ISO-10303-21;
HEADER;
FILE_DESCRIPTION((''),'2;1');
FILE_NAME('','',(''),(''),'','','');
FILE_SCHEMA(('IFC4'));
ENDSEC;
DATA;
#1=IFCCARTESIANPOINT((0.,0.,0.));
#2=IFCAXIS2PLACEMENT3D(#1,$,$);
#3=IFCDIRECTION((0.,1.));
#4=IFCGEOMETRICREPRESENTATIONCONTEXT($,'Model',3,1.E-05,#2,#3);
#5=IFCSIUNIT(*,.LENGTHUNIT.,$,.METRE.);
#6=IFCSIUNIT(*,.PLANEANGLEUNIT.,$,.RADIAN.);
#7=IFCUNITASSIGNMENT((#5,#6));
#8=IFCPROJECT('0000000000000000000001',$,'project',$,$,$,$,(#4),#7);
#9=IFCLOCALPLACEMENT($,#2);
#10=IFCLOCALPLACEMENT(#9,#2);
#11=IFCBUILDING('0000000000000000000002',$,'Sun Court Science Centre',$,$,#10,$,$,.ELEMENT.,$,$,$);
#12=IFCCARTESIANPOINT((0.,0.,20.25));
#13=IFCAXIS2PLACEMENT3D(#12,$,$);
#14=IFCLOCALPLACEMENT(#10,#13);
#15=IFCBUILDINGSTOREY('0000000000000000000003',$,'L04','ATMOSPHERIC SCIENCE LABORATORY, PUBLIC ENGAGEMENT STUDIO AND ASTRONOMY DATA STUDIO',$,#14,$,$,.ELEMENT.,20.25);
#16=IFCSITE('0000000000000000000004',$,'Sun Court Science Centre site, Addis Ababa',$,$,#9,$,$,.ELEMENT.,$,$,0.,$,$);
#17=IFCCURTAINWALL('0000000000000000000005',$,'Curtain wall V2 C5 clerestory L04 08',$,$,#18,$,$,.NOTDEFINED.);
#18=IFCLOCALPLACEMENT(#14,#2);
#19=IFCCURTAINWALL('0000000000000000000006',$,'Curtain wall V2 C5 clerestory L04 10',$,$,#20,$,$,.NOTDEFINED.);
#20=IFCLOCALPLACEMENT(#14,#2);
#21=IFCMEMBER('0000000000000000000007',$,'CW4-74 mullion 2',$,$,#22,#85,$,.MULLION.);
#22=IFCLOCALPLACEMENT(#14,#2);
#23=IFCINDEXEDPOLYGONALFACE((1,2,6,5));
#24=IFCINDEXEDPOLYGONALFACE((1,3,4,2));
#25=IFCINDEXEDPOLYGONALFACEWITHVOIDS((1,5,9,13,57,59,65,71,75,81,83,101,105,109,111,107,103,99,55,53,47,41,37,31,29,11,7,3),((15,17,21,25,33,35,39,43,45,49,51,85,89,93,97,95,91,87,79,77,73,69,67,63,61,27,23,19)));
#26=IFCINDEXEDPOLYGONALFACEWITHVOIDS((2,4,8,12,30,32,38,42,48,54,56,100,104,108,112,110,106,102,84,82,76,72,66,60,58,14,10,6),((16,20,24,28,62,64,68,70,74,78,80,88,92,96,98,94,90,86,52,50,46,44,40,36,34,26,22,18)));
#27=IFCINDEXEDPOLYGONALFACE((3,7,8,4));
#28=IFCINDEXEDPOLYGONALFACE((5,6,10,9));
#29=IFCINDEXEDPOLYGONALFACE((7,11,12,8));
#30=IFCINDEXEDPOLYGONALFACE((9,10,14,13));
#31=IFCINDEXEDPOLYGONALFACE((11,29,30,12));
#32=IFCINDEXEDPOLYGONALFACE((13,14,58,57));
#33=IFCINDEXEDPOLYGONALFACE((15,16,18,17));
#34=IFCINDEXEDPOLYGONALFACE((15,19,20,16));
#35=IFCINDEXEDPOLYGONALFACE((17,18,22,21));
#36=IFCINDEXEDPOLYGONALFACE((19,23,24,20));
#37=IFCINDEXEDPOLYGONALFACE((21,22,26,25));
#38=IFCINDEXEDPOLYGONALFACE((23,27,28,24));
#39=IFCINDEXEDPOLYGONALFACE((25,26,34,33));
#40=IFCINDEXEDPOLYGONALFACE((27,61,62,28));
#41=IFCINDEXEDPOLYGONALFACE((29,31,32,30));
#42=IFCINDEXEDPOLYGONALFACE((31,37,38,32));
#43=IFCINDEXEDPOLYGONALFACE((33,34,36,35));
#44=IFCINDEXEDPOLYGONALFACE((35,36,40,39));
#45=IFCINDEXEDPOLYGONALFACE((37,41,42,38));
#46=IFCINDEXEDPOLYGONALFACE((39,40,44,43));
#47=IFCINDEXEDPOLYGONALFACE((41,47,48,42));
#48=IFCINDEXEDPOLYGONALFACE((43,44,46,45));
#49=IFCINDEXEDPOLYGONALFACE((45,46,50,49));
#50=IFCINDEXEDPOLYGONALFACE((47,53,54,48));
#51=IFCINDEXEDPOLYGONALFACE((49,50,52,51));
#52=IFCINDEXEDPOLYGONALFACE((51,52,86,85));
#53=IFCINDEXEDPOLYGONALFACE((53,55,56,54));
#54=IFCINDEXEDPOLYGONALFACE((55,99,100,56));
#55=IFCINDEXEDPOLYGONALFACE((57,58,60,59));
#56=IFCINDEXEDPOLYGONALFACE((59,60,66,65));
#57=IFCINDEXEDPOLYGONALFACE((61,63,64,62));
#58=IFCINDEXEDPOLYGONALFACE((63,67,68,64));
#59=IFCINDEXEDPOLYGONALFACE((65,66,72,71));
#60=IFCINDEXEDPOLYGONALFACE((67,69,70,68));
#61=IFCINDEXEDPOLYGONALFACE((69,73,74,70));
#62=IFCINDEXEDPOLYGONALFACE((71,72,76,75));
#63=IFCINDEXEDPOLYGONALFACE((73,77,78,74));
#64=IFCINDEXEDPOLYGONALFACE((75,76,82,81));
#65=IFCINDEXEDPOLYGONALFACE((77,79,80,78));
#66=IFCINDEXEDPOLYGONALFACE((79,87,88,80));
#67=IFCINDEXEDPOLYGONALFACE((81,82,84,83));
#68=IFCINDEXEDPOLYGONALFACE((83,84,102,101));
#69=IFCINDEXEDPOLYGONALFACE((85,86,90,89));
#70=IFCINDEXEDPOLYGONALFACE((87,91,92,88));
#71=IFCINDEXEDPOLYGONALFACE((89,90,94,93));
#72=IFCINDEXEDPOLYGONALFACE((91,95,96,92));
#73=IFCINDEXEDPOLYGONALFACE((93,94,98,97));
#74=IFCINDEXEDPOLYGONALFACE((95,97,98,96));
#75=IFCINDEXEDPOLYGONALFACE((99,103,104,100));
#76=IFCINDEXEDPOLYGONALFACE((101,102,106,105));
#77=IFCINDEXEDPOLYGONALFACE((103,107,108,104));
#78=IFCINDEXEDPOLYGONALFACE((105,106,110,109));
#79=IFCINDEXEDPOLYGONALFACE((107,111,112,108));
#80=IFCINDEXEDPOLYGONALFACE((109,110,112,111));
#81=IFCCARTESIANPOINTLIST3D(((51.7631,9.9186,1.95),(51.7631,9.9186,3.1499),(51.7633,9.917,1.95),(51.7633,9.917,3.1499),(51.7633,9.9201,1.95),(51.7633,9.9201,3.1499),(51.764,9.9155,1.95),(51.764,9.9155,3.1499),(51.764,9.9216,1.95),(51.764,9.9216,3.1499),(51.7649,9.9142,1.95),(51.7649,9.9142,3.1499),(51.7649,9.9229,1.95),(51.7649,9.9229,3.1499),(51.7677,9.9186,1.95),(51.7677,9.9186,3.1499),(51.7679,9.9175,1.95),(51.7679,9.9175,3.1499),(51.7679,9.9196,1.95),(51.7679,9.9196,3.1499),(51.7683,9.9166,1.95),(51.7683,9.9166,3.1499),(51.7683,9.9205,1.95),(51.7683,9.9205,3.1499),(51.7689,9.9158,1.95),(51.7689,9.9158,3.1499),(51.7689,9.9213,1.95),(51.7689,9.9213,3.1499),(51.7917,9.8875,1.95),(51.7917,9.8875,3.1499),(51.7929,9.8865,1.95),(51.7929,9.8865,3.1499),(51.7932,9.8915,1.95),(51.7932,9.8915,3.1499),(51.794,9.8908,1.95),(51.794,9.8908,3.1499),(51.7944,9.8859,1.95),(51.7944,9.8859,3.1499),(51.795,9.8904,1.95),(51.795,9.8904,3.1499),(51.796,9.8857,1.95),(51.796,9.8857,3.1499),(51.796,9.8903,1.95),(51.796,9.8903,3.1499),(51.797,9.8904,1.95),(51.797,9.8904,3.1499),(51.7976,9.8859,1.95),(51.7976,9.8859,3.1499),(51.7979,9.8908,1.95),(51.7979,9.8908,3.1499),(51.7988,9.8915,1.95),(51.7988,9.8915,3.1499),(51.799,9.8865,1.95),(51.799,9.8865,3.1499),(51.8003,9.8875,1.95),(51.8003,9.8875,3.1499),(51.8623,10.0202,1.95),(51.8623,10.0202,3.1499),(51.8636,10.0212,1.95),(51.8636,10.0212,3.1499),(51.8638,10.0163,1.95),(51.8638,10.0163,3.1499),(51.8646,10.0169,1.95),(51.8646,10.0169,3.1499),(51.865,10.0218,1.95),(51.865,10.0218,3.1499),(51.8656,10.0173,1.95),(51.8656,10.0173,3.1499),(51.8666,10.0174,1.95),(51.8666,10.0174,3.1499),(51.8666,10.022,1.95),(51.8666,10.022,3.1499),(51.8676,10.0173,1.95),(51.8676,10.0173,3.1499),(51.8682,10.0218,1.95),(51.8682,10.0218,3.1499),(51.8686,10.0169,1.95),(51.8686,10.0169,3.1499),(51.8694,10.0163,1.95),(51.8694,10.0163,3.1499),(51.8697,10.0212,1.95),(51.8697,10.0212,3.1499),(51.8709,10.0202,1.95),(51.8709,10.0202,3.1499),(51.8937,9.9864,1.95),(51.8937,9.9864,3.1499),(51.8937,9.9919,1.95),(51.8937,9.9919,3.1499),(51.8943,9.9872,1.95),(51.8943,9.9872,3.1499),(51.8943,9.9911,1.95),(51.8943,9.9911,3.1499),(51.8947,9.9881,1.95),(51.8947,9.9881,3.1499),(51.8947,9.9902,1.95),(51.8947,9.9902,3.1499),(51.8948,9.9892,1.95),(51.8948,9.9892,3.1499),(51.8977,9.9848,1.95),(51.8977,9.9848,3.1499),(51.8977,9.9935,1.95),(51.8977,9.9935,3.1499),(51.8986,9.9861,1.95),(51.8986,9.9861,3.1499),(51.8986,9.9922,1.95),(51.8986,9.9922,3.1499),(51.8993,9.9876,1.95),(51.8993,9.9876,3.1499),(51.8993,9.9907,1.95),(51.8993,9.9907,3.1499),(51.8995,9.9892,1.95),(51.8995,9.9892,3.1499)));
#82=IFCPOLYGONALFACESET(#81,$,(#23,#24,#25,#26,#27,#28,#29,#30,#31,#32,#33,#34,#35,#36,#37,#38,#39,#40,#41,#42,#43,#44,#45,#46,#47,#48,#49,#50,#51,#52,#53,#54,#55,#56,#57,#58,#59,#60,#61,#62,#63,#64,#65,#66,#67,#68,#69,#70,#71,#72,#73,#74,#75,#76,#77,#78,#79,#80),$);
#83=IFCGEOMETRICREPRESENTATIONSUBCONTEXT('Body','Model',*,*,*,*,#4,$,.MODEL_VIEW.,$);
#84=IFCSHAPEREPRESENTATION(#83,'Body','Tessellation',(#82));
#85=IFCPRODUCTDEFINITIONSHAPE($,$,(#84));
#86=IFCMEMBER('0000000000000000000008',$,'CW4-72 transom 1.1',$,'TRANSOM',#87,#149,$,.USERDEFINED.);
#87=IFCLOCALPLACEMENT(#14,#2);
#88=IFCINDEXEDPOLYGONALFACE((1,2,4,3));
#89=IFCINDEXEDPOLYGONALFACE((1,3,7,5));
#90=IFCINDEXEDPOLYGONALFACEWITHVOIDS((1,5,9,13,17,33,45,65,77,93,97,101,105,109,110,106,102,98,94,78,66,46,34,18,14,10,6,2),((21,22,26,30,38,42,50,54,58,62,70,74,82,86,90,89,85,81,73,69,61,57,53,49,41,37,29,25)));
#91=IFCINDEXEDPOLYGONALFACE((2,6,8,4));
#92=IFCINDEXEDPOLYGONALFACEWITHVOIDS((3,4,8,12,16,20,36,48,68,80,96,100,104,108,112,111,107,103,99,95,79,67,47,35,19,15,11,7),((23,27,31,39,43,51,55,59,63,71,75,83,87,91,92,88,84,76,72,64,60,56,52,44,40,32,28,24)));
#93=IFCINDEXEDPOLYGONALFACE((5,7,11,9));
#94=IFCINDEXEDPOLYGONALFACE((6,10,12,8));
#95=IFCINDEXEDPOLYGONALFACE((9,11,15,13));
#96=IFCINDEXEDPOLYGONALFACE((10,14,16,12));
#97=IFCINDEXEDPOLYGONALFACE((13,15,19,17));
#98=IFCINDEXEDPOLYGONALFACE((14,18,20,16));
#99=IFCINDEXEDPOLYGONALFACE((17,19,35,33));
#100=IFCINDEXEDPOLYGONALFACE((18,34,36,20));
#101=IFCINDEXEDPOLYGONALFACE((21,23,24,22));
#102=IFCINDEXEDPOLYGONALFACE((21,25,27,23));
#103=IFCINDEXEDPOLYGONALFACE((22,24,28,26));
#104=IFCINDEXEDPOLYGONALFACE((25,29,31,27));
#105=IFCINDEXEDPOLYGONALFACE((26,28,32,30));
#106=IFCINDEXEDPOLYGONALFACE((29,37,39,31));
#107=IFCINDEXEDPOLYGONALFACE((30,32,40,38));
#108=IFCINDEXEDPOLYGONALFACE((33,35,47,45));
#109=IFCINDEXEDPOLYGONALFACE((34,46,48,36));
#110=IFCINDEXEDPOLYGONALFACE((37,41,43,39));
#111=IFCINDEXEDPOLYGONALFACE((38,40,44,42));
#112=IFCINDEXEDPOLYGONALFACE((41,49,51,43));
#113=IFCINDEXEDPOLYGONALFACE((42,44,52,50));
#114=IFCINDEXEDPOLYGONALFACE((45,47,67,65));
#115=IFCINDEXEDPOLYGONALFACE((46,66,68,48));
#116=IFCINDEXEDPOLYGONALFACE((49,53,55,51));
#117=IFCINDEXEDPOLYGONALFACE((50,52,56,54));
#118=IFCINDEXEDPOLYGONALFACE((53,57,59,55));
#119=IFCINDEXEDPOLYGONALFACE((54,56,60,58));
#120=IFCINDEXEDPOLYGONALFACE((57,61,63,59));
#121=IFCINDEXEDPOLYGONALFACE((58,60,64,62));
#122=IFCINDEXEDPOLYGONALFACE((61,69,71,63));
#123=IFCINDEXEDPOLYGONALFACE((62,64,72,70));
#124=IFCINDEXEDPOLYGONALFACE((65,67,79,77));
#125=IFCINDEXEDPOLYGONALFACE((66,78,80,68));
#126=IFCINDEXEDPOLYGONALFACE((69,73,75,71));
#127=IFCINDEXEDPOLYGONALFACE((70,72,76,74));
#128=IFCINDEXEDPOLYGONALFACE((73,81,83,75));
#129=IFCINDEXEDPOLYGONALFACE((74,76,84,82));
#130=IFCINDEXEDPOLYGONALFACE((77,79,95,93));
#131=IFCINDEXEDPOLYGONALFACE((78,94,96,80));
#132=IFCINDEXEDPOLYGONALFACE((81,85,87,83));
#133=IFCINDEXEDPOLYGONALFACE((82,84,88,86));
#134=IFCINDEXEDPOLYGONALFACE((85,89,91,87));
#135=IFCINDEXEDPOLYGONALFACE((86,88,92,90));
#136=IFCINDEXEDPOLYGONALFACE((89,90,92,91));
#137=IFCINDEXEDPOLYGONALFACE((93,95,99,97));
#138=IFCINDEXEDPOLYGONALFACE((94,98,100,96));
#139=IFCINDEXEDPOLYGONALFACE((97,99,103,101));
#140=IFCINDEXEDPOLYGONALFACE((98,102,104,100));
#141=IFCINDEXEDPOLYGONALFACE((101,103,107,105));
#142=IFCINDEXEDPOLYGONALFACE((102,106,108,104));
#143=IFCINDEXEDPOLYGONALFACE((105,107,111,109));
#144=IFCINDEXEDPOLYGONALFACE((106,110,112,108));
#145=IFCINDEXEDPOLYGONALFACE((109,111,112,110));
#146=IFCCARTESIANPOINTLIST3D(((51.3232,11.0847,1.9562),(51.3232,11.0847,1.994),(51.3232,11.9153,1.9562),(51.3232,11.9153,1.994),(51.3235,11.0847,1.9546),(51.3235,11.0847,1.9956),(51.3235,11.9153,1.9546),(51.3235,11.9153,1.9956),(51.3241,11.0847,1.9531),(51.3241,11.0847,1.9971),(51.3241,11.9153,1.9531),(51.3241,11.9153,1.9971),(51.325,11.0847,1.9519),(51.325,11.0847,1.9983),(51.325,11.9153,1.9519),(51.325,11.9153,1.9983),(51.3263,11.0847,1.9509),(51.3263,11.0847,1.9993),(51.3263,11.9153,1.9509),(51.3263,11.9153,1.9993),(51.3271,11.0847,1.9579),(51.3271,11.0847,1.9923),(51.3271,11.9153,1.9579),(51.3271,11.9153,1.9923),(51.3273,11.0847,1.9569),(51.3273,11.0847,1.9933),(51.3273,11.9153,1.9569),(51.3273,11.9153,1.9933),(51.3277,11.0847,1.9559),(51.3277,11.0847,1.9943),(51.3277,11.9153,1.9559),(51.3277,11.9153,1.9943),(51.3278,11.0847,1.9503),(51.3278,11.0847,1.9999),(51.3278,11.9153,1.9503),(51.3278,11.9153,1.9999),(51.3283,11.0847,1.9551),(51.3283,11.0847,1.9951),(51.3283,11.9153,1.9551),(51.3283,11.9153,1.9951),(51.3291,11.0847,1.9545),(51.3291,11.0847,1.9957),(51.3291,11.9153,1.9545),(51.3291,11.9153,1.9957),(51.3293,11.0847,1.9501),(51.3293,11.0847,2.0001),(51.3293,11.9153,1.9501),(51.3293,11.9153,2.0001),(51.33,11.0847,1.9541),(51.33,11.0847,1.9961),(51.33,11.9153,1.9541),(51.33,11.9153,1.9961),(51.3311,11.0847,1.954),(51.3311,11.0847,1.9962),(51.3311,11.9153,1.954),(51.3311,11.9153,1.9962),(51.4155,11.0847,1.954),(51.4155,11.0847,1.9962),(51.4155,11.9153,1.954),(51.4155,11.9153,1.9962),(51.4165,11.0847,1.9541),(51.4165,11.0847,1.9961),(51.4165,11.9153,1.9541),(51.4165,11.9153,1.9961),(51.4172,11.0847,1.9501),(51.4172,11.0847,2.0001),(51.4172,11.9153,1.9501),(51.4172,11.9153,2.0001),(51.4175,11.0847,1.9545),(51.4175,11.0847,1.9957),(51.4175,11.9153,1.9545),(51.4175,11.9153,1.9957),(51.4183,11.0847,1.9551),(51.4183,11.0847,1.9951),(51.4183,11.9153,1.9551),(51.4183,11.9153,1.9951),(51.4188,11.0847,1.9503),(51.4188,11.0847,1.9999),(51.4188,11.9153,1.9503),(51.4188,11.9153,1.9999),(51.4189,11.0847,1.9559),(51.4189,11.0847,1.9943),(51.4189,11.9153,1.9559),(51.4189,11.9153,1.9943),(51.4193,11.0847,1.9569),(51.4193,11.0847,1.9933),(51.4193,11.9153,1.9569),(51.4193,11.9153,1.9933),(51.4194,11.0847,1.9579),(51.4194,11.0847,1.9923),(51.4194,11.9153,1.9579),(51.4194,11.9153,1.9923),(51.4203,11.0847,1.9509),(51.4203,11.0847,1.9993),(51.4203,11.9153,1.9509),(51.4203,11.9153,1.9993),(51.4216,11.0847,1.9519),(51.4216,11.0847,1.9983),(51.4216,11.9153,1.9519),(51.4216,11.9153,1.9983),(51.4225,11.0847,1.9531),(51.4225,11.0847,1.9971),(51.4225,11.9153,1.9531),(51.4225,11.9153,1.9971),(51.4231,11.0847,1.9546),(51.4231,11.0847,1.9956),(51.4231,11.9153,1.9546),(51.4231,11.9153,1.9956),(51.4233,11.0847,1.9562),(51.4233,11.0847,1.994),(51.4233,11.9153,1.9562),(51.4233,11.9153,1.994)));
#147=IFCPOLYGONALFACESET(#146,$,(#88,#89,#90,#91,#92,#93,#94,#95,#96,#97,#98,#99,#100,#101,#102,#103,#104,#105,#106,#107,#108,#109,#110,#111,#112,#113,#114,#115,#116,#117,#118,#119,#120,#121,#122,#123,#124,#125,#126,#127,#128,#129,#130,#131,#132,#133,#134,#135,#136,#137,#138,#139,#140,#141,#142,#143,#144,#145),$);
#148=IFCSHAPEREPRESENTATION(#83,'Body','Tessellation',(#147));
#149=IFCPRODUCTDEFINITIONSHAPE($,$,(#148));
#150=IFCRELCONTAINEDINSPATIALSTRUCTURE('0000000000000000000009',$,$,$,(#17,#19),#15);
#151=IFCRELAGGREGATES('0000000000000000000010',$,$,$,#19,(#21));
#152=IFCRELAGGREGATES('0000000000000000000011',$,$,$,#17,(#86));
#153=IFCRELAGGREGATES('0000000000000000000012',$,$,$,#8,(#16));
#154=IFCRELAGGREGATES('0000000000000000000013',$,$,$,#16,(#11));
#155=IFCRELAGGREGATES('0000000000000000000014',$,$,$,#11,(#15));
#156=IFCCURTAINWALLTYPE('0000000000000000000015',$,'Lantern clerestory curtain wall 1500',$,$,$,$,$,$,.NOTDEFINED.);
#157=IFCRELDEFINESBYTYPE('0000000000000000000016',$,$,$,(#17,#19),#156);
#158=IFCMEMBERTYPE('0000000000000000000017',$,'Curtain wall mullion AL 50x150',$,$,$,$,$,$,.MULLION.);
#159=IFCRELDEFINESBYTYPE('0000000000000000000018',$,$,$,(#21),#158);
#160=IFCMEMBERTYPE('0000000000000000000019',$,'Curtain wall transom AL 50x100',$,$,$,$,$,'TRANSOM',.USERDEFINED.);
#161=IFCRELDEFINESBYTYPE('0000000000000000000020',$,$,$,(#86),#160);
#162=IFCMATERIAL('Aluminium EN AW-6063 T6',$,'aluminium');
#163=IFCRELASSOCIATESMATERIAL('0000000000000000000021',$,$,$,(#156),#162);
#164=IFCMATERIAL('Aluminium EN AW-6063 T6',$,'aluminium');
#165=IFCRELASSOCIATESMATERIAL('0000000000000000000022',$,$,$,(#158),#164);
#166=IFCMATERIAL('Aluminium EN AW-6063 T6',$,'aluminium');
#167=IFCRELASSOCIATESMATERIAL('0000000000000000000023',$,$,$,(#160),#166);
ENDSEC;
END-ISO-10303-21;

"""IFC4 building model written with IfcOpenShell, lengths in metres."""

from ifc_helpers import new_model, si_unit, direction, frame, origin, origin_2d, place, context, subcontext, project, spatial, hollow_rectangle, extrude, material, material_profile, profile_set, type_object, element, aggregate, save


model = new_model("IFC4")

# Units and contexts
model_context = context("Model", 3, precision=1e-05, world=origin(), true_north=direction((0.0, 1.0)))
body_context = subcontext(model_context, "Body", "Model", "MODEL_VIEW")
ifc_project = project(units=[si_unit("LENGTHUNIT", "METRE"), si_unit("PLANEANGLEUNIT", "RADIAN")], contexts=[model_context])

# Site, building, storey
site_placement = place(None, origin())
site = spatial("IfcSite", under=ifc_project, at=site_placement, Name="Sun Court Science Centre site, Addis Ababa", CompositionType="ELEMENT", RefElevation=0.0)
building_placement = place(site_placement, origin())
building = spatial("IfcBuilding", under=site, at=building_placement, Name="Sun Court Science Centre", CompositionType="ELEMENT")
storey_placement = place(building_placement, frame((0.0, 0.0, 20.25)))
storey = spatial("IfcBuildingStorey", under=building, at=storey_placement, Name="L04", Description="ATMOSPHERIC SCIENCE LABORATORY, PUBLIC ENGAGEMENT STUDIO AND ASTRONOMY DATA STUDIO", CompositionType="ELEMENT", Elevation=20.25)

# Curtain wall
ifc_material_1 = material(Name="Aluminium EN AW-6063 T6", Category="aluminium")
curtain_wall_type = type_object("IfcCurtainWallType", Name="Lantern clerestory curtain wall 1500", PredefinedType="NOTDEFINED", material=ifc_material_1)
curtain_wall_1_placement = place(storey_placement, origin())
curtain_wall_1 = element("IfcCurtainWall", 1, at=curtain_wall_1_placement, inside=storey, type_object=curtain_wall_type, Name="Curtain wall V2 C5 clerestory L04 08", PredefinedType="NOTDEFINED")
ifc_material_2 = material(Name="Aluminium EN AW-6063 T6", Category="aluminium")
ifc_material_profile_1 = material_profile(ifc_material_2, hollow_rectangle(XDim=0.05, YDim=0.1499, WallThickness=0.0039, InnerFilletRadius=0.0039, OuterFilletRadius=0.0061, at=origin_2d()), Name="AL 50x150x4")
ifc_profile_set_1 = profile_set([ifc_material_profile_1], Name="Aluminium EN AW-6063 T6")
member_type_1 = type_object("IfcMemberType", Name="Curtain wall mullion AL 50x150", PredefinedType="MULLION", material=ifc_profile_set_1)

# Curtain wall, member
curtain_wall_2_placement = place(storey_placement, origin())
curtain_wall_2 = element("IfcCurtainWall", 2, at=curtain_wall_2_placement, inside=storey, type_object=curtain_wall_type, Name="Curtain wall V2 C5 clerestory L04 10", PredefinedType="NOTDEFINED")
member_1_placement = place(storey_placement, frame((51.8313, 9.9539, 1.95), z_axis=(0.0, 0.0, 1.0), x_axis=(-0.707107, 0.707107, 0.0)))
member_1 = element("IfcMember", 3, at=member_1_placement, type_object=member_type_1, Name="CW4-74 mullion 2", PredefinedType="MULLION", context=body_context, shape_type="SweptSolid", body=[
    extrude(hollow_rectangle(XDim=0.05, YDim=0.1499, WallThickness=0.0039, InnerFilletRadius=0.0039, OuterFilletRadius=0.0061, at=origin_2d()), origin(), (0.0, 0.0, 1.0), 1.2),
])
aggregate(curtain_wall_2, [member_1])

# Member
ifc_material_3 = material(Name="Aluminium EN AW-6063 T6", Category="aluminium")
ifc_material_profile_2 = material_profile(ifc_material_3, hollow_rectangle(XDim=0.05, YDim=0.1001, WallThickness=0.0039, InnerFilletRadius=0.0039, OuterFilletRadius=0.0061, at=origin_2d()), Name="AL 50x100x4")
ifc_profile_set_2 = profile_set([ifc_material_profile_2], Name="Aluminium EN AW-6063 T6")
member_type_2 = type_object("IfcMemberType", Name="Curtain wall transom AL 50x100", ElementType="TRANSOM", PredefinedType="USERDEFINED", material=ifc_profile_set_2)
member_2_placement = place(storey_placement, frame((51.3733, 11.0847, 1.9751), z_axis=(0.0, 1.0, 0.0), x_axis=(0.0, 0.0, 1.0)))
member_2 = element("IfcMember", 4, at=member_2_placement, type_object=member_type_2, Name="CW4-72 transom 1.1", ObjectType="TRANSOM", PredefinedType="USERDEFINED", context=body_context, shape_type="SweptSolid", body=[
    extrude(hollow_rectangle(XDim=0.05, YDim=0.1001, WallThickness=0.0039, InnerFilletRadius=0.0039, OuterFilletRadius=0.0061, at=origin_2d()), origin(), (0.0, 0.0, 1.0), 0.8306),
])

aggregate(curtain_wall_1, [member_2])

save(model, "model.ifc")
